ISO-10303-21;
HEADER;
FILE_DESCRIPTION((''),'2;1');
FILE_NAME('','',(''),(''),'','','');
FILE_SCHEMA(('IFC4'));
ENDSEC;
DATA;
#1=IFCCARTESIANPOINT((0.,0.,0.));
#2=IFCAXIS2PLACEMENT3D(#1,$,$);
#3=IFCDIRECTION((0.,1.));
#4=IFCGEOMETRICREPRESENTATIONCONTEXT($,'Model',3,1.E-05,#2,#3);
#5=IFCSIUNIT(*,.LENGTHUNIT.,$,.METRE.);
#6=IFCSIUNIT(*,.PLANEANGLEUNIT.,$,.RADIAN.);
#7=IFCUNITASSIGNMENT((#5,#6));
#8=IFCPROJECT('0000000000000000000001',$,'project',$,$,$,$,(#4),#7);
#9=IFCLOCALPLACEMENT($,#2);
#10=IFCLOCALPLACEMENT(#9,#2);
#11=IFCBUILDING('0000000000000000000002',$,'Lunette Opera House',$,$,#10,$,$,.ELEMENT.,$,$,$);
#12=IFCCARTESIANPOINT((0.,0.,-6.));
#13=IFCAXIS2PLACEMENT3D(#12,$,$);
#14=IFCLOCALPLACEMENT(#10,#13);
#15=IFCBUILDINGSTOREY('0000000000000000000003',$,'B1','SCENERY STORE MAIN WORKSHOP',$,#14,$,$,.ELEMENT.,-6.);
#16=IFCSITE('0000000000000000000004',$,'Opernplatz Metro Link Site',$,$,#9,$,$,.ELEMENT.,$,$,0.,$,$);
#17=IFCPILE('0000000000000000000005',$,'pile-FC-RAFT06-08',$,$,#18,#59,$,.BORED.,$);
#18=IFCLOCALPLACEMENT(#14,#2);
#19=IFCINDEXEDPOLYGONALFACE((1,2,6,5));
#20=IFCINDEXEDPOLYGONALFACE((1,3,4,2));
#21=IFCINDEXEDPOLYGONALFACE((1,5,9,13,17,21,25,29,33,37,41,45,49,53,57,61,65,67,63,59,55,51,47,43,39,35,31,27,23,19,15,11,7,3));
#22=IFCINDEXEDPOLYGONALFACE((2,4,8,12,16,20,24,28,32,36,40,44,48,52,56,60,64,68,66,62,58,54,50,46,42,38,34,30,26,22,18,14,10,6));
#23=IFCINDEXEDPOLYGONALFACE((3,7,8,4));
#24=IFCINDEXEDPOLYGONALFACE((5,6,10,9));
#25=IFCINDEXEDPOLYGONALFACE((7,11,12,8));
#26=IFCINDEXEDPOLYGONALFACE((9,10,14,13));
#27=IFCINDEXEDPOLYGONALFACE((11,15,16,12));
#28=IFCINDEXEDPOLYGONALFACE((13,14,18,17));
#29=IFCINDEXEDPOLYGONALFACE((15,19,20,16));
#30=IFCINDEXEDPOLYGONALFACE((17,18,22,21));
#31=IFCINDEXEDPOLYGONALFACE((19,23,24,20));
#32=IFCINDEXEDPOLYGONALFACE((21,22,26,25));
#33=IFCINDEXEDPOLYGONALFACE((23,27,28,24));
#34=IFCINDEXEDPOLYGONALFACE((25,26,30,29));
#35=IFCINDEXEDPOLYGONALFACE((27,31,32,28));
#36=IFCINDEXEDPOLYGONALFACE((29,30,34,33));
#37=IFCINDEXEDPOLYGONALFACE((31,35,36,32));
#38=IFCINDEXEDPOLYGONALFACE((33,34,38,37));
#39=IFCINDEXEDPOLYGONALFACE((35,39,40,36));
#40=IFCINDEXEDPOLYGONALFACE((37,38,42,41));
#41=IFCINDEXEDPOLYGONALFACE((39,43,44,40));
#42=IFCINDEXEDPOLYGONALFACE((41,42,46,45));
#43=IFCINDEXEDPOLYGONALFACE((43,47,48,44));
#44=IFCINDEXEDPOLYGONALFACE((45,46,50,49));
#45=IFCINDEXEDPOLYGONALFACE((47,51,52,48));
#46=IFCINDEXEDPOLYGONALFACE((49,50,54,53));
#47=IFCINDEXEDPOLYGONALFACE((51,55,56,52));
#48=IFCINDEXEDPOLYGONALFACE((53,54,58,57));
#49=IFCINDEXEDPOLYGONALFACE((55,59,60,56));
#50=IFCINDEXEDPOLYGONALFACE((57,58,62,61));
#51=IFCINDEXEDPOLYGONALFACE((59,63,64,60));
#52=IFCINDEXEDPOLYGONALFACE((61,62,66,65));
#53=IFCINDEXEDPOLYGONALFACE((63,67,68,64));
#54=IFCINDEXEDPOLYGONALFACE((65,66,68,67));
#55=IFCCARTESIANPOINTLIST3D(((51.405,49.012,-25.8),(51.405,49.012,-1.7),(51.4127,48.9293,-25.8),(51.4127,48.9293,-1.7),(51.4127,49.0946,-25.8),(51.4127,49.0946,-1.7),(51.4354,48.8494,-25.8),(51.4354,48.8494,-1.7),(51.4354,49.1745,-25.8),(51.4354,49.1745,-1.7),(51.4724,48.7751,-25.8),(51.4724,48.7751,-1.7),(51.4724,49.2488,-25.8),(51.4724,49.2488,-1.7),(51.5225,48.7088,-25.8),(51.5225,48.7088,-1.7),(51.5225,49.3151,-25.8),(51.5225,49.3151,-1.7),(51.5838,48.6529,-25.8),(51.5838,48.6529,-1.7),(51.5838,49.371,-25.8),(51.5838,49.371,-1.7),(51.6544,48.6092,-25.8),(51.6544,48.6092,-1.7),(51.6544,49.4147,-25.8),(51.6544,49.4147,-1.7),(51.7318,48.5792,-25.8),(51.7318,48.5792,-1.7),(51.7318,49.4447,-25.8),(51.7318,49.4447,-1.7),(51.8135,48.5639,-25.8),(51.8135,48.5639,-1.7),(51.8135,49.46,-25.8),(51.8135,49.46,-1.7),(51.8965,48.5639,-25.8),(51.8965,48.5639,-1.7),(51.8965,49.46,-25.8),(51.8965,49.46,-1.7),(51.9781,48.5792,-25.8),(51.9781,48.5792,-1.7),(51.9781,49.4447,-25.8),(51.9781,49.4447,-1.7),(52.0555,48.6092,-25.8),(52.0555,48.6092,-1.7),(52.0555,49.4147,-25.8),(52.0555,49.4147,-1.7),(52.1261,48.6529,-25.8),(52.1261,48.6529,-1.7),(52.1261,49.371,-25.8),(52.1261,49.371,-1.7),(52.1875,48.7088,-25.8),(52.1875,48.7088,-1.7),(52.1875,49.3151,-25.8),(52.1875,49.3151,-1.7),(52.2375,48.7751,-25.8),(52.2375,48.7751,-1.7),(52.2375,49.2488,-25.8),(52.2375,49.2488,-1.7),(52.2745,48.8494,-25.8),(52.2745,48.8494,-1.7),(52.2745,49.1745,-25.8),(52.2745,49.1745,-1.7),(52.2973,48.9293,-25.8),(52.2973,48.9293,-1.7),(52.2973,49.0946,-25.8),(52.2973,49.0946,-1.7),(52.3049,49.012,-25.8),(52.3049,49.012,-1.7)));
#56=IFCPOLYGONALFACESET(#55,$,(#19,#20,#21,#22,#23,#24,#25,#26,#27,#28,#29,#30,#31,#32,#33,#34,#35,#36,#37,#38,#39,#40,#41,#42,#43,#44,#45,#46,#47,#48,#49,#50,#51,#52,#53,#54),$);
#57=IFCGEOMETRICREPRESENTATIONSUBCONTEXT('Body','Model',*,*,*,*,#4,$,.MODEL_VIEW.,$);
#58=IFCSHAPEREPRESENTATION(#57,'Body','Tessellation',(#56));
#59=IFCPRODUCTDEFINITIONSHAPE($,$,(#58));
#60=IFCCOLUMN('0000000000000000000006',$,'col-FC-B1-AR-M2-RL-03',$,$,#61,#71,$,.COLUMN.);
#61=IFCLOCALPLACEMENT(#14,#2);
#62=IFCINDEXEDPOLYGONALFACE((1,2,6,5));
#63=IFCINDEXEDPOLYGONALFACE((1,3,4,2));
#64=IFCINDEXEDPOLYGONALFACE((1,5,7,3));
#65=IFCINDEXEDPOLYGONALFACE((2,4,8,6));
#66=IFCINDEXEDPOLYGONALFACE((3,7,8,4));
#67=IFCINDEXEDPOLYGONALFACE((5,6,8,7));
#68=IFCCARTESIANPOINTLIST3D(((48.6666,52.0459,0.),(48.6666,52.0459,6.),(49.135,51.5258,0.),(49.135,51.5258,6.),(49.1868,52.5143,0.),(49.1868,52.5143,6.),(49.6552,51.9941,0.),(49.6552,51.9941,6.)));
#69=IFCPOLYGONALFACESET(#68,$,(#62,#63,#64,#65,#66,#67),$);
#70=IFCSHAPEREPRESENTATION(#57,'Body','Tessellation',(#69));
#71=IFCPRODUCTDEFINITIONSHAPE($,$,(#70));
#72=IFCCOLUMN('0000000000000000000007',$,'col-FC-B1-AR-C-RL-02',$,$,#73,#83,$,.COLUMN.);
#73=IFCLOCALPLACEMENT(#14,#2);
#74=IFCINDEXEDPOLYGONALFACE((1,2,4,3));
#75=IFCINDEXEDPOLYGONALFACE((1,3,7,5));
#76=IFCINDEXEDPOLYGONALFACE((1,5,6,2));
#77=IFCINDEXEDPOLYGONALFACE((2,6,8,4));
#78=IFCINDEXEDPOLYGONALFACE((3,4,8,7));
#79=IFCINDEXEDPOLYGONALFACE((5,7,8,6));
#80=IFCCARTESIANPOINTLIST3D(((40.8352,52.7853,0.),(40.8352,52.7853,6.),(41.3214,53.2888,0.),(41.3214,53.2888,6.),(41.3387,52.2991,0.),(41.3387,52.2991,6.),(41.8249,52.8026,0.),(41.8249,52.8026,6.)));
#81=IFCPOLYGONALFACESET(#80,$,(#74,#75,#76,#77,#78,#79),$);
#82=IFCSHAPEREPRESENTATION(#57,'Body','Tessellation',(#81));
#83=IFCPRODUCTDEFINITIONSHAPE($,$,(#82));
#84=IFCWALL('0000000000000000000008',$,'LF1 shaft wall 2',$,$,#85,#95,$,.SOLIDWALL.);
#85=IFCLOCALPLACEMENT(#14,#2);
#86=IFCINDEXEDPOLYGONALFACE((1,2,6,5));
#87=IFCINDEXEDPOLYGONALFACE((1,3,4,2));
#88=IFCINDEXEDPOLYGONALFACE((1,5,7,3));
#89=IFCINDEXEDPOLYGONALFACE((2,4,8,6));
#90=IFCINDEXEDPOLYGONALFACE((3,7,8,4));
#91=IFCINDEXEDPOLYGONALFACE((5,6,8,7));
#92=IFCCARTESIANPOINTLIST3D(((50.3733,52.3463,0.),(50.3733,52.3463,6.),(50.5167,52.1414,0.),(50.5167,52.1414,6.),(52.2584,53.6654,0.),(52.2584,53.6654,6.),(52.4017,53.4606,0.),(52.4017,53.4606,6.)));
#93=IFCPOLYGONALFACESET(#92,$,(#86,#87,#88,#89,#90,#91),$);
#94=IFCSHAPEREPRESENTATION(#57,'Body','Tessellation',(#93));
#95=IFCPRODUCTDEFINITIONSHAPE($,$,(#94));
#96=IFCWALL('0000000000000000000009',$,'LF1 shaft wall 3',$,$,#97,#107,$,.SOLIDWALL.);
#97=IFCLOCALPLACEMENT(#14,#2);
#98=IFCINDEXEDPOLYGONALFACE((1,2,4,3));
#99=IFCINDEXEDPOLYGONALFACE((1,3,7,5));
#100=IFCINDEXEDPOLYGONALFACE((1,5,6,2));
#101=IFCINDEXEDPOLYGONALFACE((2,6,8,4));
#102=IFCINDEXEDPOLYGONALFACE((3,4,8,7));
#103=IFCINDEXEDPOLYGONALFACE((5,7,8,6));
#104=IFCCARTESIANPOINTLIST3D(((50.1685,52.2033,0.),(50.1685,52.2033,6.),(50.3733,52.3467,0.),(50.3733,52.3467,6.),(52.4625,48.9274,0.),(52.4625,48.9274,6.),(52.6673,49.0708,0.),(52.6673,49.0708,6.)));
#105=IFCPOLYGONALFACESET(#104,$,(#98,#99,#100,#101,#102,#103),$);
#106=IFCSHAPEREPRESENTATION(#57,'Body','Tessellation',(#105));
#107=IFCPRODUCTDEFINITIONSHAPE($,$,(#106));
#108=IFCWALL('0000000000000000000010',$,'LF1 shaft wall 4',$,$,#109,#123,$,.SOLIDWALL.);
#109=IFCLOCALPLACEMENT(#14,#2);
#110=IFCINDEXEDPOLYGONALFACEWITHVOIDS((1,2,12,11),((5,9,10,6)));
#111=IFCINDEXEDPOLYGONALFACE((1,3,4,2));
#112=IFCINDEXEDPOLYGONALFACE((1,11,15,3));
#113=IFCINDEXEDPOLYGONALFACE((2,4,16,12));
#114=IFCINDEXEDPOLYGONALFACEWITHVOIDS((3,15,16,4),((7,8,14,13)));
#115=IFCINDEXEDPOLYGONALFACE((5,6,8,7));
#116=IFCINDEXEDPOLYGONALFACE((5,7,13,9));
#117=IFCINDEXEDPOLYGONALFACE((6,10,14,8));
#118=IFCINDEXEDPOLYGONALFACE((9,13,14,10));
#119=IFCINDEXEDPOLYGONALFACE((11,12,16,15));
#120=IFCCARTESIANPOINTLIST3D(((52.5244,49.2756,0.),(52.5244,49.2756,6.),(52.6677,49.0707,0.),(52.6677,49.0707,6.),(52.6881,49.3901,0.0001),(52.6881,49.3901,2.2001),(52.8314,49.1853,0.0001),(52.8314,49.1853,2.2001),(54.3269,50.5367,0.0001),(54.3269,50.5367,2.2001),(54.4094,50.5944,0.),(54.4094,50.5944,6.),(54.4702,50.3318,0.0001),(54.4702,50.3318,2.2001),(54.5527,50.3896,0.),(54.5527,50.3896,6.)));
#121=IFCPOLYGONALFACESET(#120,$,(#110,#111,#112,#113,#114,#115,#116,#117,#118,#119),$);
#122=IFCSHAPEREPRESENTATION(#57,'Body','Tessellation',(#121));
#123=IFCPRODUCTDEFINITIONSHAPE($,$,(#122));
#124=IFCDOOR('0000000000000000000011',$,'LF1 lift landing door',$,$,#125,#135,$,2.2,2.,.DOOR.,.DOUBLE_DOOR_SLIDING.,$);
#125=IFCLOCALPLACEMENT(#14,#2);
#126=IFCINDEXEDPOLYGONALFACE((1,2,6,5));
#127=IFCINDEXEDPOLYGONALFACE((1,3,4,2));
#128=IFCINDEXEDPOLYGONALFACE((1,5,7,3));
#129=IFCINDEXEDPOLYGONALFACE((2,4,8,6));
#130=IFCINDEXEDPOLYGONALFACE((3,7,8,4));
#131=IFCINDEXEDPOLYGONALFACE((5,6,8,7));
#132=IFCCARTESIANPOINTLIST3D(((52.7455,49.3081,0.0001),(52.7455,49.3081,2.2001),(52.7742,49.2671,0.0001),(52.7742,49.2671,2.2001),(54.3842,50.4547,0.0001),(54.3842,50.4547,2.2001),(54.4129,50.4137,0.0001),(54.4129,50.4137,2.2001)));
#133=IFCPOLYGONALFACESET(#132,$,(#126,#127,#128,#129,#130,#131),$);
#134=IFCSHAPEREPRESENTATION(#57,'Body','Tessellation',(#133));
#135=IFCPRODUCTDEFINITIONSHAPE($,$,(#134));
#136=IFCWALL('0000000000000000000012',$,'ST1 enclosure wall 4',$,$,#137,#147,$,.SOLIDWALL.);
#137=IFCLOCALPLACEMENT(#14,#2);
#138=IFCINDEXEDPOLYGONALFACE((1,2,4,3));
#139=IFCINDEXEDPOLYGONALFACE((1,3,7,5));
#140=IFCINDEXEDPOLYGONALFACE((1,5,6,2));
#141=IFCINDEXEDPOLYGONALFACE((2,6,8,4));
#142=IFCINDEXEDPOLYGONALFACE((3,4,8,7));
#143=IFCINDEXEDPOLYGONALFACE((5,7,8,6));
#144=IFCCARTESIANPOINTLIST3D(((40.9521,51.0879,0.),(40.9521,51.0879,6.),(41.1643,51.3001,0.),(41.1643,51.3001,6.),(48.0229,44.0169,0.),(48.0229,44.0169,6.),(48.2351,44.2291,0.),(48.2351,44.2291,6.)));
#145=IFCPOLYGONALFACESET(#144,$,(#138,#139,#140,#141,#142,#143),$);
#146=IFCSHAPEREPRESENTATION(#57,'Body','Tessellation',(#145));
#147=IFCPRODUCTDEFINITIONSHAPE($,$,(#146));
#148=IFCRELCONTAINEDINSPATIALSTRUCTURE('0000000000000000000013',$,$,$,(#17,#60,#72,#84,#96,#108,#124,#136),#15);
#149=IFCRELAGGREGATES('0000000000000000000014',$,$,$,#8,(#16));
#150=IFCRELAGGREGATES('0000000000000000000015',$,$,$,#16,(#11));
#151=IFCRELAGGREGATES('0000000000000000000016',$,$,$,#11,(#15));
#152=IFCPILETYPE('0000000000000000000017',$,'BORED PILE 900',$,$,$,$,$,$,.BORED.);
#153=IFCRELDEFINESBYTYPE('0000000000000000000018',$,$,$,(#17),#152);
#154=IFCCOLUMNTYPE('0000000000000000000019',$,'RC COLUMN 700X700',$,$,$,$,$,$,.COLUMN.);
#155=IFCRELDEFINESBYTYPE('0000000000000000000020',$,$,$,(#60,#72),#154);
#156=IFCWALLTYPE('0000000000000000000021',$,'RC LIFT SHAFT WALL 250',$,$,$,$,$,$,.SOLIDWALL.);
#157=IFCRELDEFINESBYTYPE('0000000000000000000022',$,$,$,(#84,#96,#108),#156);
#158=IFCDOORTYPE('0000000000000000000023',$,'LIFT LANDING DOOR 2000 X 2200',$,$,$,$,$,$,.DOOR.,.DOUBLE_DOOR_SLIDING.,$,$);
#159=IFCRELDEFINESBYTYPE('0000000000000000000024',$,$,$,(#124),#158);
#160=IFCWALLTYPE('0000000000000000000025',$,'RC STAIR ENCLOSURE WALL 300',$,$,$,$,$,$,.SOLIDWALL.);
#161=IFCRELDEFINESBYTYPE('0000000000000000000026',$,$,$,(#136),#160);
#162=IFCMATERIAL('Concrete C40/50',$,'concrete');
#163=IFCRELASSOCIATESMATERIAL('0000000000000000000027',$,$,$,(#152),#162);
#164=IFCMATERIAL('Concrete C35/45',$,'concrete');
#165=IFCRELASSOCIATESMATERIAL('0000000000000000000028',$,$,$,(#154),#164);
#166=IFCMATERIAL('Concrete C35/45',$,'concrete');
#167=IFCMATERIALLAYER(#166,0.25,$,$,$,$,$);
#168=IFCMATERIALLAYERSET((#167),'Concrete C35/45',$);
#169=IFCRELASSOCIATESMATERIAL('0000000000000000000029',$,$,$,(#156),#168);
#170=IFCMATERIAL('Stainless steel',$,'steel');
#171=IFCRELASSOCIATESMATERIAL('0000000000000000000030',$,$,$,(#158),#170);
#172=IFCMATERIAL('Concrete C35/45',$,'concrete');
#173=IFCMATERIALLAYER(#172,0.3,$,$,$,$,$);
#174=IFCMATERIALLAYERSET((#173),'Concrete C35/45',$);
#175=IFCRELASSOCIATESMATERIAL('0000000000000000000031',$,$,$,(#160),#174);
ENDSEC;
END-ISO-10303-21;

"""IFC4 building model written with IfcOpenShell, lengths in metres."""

from ifc_helpers import new_model, si_unit, direction, frame, frame_2d, origin, origin_2d, place, context, subcontext, project, spatial, rectangle, circle, extrude, material, layer, layer_set, material_profile, profile_set, type_object, element, fill, save


model = new_model("IFC4")

# Units and contexts
model_context = context("Model", 3, precision=1e-05, world=origin(), true_north=direction((0.0, 1.0)))
body_context = subcontext(model_context, "Body", "Model", "MODEL_VIEW")
ifc_project = project(units=[si_unit("LENGTHUNIT", "METRE"), si_unit("PLANEANGLEUNIT", "RADIAN")], contexts=[model_context])

# Site, building, storey
site_placement = place(None, origin())
site = spatial("IfcSite", under=ifc_project, at=site_placement, Name="Opernplatz Metro Link Site", CompositionType="ELEMENT", RefElevation=0.0)
building_placement = place(site_placement, origin())
building = spatial("IfcBuilding", under=site, at=building_placement, Name="Lunette Opera House", CompositionType="ELEMENT")
storey_placement = place(building_placement, frame((0.0, 0.0, -6.0)))
storey = spatial("IfcBuildingStorey", under=building, at=storey_placement, Name="B1", Description="SCENERY STORE MAIN WORKSHOP", CompositionType="ELEMENT", Elevation=-6.0)

# Pile
ifc_material_1 = material(Name="Concrete C40/50", Category="concrete")
ifc_material_profile_1 = material_profile(ifc_material_1, circle(Radius=0.45, at=origin_2d()), Name="BORED PILE 900")
ifc_profile_set_1 = profile_set([ifc_material_profile_1], Name="Concrete C40/50")
pile_type = type_object("IfcPileType", Name="BORED PILE 900", PredefinedType="BORED", material=ifc_profile_set_1)
for number, where, z_axis, x_axis, name in (
    (1, (51.855, 49.012, -1.7), (0.0, 0.0, -1.0), (1.0, 0.0, 0.0), "pile-FC-RAFT06-08"),
):
    element("IfcPile", number, at=place(storey_placement, frame(where, z_axis=z_axis, x_axis=x_axis)), inside=storey, type_object=pile_type, Name=name, PredefinedType="BORED", context=body_context, shape_type="SweptSolid", body=[
        extrude(circle(Radius=0.45, at=origin_2d()), origin(), (0.0, 0.0, 1.0), 24.1001),
    ])

# Columns
ifc_material_2 = material(Name="Concrete C35/45", Category="concrete")
ifc_material_profile_2 = material_profile(ifc_material_2, rectangle(XDim=0.7, YDim=0.7, at=origin_2d()), Name="RC COLUMN 700X700")
ifc_profile_set_2 = profile_set([ifc_material_profile_2], Name="Concrete C35/45")
column_type = type_object("IfcColumnType", Name="RC COLUMN 700X700", PredefinedType="COLUMN", material=ifc_profile_set_2)
for number, where, z_axis, x_axis, name in (
    (2, (49.1609, 52.02, 0.0), (0.0, 0.0, 1.0), (0.743145, 0.669131, 0.0), "col-FC-B1-AR-M2-RL-03"),
    (3, (41.3301, 52.7939, 0.0), (0.0, 0.0, 1.0), (0.694658, 0.71934, 0.0), "col-FC-B1-AR-C-RL-02"),
):
    element("IfcColumn", number, at=place(storey_placement, frame(where, z_axis=z_axis, x_axis=x_axis)), inside=storey, type_object=column_type, Name=name, PredefinedType="COLUMN", context=body_context, shape_type="SweptSolid", body=[
        extrude(rectangle(XDim=0.7, YDim=0.7, at=origin_2d()), origin(), (0.0, 0.0, 1.0), 6.0),
    ])

# Walls
ifc_material_3 = material(Name="Concrete C35/45", Category="concrete")
ifc_layer_1 = layer(ifc_material_3, 0.25)
ifc_layer_set_1 = layer_set([ifc_layer_1], Name="Concrete C35/45")
wall_type_1 = type_object("IfcWallType", Name="RC LIFT SHAFT WALL 250", PredefinedType="SOLIDWALL", material=ifc_layer_set_1)
wall_1_placement = place(storey_placement, frame((52.3301, 53.563, 0.0), z_axis=(0.0, 0.0, 1.0), x_axis=(-0.819317, -0.573341, 0.0)))
element("IfcWall", 4, at=wall_1_placement, inside=storey, type_object=wall_type_1, Name="LF1 shaft wall 2", PredefinedType="SOLIDWALL", context=body_context, shape_type="SweptSolid", body=[
    extrude(rectangle(XDim=2.3008, YDim=0.25, at=frame_2d((1.1504, 0.0))), origin(), (0.0, 0.0, 1.0), 6.0),
])
wall_2_placement = place(storey_placement, frame((50.271, 52.2749, 0.0), z_axis=(0.0, 0.0, 1.0), x_axis=(0.573602, -0.819134, 0.0)))
element("IfcWall", 5, at=wall_2_placement, inside=storey, type_object=wall_type_1, Name="LF1 shaft wall 3", PredefinedType="SOLIDWALL", context=body_context, shape_type="SweptSolid", body=[
    extrude(rectangle(XDim=3.9993, YDim=0.25, at=frame_2d((1.9995, 0.0))), origin(), (0.0, 0.0, 1.0), 6.0),
])

# Wall, opening, door
wall_3_placement = place(storey_placement, frame((52.5959, 49.1731, 0.0), z_axis=(0.0, 0.0, 1.0), x_axis=(0.819367, 0.57327, 0.0)))
wall_3 = element("IfcWall", 6, at=wall_3_placement, inside=storey, type_object=wall_type_1, Name="LF1 shaft wall 4", PredefinedType="SOLIDWALL", context=body_context, shape_type="SweptSolid", body=[
    extrude(rectangle(XDim=2.3005, YDim=0.25, at=frame_2d((1.1504, 0.0))), origin(), (0.0, 0.0, 1.0), 6.0),
])
opening_placement = place(wall_3_placement, frame((0.2, 0.0, 0.0)))
opening = element("IfcOpeningElement", 7, at=opening_placement, cuts=wall_3, PredefinedType="OPENING", context=body_context, shape_type="SweptSolid", body=[
    extrude(rectangle(XDim=2.0, YDim=2.2, at=frame_2d((1.0, 1.1001))), frame((0.0, 0.137, 0.0), z_axis=(0.0, -1.0, 0.0), x_axis=(1.0, 0.0, 0.0)), (0.0, 0.0, 1.0), 0.2739),
])
ifc_material_4 = material(Name="Stainless steel", Category="steel")
door_type = type_object("IfcDoorType", Name="LIFT LANDING DOOR 2000 X 2200", OperationType="DOUBLE_DOOR_SLIDING", PredefinedType="DOOR", material=ifc_material_4)
door_placement = place(opening_placement, origin())
door = element("IfcDoor", 8, at=door_placement, inside=storey, type_object=door_type, Name="LF1 lift landing door", OperationType="DOUBLE_DOOR_SLIDING", OverallHeight=2.2, OverallWidth=2.0, PredefinedType="DOOR", context=body_context, shape_type="SweptSolid", body=[
    extrude(rectangle(XDim=2.0, YDim=2.2, at=frame_2d((1.0, 1.1001))), frame((0.0, 0.0249, 0.0), z_axis=(0.0, -1.0, 0.0), x_axis=(1.0, 0.0, 0.0)), (0.0, 0.0, 1.0), 0.05),
])
fill(opening, door)

# Wall
ifc_material_5 = material(Name="Concrete C35/45", Category="concrete")
ifc_layer_2 = layer(ifc_material_5, 0.3)
ifc_layer_set_2 = layer_set([ifc_layer_2], Name="Concrete C35/45")
wall_type_2 = type_object("IfcWallType", Name="RC STAIR ENCLOSURE WALL 300", PredefinedType="SOLIDWALL", material=ifc_layer_set_2)
wall_4_placement = place(storey_placement, frame((41.0581, 51.1941, 0.0), z_axis=(0.0, 0.0, 1.0), x_axis=(0.707095, -0.707119, 0.0)))
element("IfcWall", 9, at=wall_4_placement, inside=storey, type_object=wall_type_2, Name="ST1 enclosure wall 4", PredefinedType="SOLIDWALL", context=body_context, shape_type="SweptSolid", body=[
    extrude(rectangle(XDim=9.9998, YDim=0.3, at=frame_2d((5.0, 0.0))), origin(), (0.0, 0.0, 1.0), 6.0),
])

save(model, "model.ifc")
